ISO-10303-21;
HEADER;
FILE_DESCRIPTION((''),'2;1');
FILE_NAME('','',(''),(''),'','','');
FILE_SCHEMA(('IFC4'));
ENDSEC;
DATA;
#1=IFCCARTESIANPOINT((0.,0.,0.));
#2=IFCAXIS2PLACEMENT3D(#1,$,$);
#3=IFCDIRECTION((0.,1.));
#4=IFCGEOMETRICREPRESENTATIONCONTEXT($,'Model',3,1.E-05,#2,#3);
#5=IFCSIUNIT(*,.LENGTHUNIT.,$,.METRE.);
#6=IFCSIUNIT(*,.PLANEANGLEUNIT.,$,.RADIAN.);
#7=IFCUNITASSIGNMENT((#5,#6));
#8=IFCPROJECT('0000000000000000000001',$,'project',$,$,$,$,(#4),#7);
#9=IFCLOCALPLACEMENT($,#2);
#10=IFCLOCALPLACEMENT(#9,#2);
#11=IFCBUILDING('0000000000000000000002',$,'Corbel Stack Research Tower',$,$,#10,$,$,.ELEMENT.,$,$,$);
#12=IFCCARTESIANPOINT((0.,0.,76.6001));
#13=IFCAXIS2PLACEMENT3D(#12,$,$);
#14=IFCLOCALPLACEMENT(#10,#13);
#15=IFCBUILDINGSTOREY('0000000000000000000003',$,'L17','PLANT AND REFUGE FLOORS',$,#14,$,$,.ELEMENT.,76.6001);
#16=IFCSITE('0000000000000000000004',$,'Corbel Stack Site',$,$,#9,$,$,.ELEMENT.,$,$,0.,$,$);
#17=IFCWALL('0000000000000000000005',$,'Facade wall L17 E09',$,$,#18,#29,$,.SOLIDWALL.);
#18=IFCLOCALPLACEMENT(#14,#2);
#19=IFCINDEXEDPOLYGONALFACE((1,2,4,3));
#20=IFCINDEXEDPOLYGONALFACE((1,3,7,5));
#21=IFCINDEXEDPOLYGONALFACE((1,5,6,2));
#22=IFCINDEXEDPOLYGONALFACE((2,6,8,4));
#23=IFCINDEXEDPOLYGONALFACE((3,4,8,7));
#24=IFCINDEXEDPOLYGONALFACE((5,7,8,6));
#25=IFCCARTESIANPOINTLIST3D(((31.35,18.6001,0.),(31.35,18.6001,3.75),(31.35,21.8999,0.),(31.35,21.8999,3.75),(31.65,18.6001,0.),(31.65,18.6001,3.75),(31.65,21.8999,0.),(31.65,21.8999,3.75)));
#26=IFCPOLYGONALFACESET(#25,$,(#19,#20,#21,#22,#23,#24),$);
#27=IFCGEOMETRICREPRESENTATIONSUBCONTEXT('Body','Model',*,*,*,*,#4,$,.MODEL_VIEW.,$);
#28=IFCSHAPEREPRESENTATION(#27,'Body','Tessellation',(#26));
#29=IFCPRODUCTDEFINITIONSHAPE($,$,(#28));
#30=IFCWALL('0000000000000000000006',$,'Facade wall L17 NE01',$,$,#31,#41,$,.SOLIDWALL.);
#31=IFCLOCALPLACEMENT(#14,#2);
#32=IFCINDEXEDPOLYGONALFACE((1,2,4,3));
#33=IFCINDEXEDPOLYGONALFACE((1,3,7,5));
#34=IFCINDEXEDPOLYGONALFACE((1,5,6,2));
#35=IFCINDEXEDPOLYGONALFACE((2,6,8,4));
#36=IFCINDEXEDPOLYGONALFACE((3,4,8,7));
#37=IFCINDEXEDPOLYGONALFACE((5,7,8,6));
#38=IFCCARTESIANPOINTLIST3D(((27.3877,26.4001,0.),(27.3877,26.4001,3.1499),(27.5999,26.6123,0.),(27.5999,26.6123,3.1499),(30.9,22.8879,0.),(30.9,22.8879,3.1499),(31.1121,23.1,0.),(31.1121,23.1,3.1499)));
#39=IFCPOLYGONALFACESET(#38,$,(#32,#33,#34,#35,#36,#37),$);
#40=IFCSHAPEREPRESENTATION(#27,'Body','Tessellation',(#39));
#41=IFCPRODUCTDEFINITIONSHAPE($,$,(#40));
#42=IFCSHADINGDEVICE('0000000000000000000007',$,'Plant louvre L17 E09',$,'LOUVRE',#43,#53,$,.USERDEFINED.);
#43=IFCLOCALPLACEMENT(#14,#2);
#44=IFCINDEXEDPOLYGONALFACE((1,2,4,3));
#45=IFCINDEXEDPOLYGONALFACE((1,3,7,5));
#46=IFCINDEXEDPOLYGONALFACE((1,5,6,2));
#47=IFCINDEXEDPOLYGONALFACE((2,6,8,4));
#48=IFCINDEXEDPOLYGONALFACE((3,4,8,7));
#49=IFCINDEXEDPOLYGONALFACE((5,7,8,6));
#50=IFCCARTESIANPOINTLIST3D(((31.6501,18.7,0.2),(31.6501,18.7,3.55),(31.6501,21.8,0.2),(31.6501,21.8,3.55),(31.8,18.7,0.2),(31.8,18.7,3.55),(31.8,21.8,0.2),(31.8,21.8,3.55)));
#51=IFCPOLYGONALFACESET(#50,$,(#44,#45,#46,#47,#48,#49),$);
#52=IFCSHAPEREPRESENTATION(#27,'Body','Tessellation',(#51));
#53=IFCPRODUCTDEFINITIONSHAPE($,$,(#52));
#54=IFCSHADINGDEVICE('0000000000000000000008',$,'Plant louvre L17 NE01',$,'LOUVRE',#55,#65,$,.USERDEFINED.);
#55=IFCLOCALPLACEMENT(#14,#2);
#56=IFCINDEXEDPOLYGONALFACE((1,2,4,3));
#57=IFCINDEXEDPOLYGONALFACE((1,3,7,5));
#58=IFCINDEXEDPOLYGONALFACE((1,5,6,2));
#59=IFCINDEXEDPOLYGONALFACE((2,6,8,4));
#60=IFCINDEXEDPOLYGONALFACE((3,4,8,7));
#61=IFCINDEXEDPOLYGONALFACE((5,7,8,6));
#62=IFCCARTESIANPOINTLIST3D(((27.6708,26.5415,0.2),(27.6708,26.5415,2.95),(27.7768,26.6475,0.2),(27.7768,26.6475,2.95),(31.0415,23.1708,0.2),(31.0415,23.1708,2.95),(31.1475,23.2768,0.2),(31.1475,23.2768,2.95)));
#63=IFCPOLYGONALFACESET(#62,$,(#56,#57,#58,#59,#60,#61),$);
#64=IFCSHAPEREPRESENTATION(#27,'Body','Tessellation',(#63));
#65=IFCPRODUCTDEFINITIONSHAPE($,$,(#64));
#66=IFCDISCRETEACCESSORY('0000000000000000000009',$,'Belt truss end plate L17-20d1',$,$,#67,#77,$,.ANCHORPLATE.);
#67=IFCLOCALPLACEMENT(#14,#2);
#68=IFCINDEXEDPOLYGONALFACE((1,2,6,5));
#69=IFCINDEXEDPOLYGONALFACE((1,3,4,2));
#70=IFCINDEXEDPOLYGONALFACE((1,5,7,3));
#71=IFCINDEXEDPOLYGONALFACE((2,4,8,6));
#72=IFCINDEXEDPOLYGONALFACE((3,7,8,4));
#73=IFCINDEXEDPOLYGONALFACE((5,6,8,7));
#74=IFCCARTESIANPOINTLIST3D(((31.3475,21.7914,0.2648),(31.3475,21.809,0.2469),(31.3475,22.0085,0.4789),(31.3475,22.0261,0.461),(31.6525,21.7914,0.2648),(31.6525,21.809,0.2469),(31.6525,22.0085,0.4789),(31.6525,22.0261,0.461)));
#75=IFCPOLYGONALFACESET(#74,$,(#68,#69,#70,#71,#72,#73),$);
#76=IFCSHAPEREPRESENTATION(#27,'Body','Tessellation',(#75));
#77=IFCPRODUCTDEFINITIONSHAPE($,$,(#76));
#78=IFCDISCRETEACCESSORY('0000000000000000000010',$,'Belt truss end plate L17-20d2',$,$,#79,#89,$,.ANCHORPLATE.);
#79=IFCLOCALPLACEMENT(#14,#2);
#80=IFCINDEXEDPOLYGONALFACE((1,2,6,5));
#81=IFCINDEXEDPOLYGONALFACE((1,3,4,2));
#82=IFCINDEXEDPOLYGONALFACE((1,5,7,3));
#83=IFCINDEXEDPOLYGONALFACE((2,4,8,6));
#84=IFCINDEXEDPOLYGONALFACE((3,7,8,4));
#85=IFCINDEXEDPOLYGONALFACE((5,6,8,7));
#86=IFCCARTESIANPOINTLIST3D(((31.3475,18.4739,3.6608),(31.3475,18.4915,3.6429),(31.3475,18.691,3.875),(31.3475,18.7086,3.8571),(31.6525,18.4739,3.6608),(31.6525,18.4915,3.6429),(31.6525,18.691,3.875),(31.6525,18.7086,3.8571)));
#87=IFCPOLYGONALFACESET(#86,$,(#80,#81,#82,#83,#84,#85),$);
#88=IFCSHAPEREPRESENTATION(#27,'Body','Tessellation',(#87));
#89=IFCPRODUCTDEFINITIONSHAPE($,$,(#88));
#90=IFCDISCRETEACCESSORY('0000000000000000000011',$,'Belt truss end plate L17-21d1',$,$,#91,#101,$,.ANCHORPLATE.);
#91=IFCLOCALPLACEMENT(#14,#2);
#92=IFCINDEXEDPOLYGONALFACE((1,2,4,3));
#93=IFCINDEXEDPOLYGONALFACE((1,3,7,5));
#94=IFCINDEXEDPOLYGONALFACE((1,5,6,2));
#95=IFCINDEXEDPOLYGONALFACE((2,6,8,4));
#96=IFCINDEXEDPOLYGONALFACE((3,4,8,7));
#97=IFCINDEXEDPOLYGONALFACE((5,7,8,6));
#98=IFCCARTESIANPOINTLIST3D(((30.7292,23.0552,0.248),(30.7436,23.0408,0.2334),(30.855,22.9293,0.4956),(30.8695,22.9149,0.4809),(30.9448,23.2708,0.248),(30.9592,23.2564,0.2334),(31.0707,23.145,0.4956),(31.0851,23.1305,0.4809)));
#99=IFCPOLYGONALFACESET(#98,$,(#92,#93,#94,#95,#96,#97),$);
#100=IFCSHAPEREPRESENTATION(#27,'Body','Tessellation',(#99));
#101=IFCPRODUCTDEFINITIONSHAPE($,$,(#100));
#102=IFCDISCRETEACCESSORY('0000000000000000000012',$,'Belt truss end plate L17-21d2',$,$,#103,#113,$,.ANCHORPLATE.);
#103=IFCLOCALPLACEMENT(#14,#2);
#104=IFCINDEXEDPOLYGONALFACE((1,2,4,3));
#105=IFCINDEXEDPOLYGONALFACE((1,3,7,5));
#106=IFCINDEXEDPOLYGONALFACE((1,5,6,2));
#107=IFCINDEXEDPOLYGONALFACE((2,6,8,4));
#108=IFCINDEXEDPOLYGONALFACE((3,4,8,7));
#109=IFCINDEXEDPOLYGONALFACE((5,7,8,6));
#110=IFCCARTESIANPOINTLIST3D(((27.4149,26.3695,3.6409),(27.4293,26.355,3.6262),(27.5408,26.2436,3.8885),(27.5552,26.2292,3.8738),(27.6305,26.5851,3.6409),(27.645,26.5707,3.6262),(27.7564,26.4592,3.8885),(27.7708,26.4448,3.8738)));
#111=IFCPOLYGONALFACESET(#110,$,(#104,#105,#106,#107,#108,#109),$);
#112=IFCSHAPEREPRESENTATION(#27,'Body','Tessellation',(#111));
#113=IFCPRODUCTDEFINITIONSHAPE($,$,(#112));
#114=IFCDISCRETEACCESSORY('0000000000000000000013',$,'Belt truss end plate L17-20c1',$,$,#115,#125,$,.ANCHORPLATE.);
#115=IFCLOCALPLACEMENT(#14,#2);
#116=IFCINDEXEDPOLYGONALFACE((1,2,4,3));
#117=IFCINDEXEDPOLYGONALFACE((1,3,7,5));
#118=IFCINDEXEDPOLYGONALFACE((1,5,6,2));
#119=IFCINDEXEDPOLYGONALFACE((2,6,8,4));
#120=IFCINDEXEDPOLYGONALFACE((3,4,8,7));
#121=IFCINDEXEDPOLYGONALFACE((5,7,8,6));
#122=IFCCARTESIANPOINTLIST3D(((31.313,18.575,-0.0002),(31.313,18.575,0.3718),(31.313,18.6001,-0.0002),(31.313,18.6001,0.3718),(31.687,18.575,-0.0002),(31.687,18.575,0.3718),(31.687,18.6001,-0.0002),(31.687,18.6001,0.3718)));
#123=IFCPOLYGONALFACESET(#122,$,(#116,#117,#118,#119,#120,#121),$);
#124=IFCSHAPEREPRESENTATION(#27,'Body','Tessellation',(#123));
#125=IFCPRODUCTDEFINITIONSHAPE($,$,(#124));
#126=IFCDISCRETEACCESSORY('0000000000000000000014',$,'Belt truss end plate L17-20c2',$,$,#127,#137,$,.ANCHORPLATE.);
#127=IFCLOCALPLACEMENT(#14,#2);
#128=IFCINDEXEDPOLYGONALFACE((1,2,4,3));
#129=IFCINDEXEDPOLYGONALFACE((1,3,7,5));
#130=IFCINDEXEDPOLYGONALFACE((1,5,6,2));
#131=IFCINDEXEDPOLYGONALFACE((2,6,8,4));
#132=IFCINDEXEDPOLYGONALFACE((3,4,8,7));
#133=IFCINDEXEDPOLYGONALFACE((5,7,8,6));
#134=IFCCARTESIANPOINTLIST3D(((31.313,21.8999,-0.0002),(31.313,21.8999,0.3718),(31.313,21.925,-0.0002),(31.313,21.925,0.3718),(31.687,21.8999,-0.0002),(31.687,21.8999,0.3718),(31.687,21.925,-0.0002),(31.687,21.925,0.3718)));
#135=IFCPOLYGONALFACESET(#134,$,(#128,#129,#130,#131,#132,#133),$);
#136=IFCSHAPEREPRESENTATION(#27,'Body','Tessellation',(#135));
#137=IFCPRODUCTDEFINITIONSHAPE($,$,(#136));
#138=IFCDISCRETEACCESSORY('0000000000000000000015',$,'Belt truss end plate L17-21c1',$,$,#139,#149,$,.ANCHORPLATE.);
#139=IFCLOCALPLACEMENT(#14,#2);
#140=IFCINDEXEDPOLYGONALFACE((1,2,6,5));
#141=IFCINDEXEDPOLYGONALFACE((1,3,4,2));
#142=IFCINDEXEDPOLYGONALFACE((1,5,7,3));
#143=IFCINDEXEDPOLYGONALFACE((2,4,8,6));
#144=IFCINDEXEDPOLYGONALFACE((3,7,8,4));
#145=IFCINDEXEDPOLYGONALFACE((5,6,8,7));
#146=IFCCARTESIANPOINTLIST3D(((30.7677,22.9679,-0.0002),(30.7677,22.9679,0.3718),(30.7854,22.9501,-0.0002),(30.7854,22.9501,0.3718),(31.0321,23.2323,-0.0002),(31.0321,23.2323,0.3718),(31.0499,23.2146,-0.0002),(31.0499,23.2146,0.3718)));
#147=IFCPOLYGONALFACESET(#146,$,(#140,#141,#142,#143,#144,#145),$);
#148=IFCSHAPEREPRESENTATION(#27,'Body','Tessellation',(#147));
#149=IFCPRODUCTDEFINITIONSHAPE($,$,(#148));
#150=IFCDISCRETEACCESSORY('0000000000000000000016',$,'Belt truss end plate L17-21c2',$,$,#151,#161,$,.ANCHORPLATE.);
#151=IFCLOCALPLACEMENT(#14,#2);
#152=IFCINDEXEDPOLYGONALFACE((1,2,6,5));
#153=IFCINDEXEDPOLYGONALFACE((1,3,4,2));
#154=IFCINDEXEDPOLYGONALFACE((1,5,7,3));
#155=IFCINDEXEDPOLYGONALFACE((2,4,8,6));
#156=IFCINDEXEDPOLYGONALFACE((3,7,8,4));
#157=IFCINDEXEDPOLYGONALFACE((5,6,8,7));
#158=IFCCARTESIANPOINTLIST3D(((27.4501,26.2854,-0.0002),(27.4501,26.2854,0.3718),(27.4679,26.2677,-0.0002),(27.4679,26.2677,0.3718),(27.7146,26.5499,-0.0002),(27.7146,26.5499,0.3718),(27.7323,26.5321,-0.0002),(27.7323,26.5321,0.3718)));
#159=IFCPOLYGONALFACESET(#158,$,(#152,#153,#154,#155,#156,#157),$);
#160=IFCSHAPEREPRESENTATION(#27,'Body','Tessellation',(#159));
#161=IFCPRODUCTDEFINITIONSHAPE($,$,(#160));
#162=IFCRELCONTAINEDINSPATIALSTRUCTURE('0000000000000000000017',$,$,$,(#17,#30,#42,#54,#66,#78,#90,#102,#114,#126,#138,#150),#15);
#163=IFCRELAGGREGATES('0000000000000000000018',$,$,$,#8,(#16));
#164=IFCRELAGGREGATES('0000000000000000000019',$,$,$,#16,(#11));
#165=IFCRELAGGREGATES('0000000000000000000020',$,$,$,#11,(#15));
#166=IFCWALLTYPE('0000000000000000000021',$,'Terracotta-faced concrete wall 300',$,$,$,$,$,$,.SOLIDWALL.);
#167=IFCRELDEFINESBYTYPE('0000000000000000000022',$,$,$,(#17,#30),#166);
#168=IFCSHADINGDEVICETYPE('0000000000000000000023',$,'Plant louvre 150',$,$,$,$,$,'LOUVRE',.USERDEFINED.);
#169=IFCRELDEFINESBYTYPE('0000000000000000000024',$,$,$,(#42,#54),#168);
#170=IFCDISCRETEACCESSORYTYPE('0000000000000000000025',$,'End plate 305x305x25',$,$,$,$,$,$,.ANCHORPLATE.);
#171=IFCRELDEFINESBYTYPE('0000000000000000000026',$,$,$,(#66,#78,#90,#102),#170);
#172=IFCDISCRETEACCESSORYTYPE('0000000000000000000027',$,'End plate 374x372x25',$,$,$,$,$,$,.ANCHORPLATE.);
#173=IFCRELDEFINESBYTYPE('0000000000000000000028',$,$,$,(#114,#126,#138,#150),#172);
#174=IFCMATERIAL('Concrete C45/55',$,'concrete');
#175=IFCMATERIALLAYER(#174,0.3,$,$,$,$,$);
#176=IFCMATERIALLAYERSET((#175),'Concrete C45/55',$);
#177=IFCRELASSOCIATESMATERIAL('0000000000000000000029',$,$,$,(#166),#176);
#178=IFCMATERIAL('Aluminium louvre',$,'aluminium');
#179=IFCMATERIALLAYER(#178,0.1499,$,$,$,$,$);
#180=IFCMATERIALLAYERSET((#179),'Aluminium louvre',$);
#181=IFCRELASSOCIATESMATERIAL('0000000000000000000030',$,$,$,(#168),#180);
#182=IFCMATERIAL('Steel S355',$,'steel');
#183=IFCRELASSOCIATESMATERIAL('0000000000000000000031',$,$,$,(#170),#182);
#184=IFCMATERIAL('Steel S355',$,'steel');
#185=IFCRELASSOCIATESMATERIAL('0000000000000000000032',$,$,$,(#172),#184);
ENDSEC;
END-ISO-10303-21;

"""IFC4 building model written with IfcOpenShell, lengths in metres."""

from ifc_helpers import new_model, si_unit, direction, frame, frame_2d, origin, origin_2d, place, context, subcontext, project, spatial, rectangle, extrude, material, layer, layer_set, material_profile, profile_set, type_object, element, save


model = new_model("IFC4")

# Units and contexts
model_context = context("Model", 3, precision=1e-05, world=origin(), true_north=direction((0.0, 1.0)))
body_context = subcontext(model_context, "Body", "Model", "MODEL_VIEW")
ifc_project = project(units=[si_unit("LENGTHUNIT", "METRE"), si_unit("PLANEANGLEUNIT", "RADIAN")], contexts=[model_context])

# Site, building, storey
site_placement = place(None, origin())
site = spatial("IfcSite", under=ifc_project, at=site_placement, Name="Corbel Stack Site", CompositionType="ELEMENT", RefElevation=0.0)
building_placement = place(site_placement, origin())
building = spatial("IfcBuilding", under=site, at=building_placement, Name="Corbel Stack Research Tower", CompositionType="ELEMENT")
storey_placement = place(building_placement, frame((0.0, 0.0, 76.6001)))
storey = spatial("IfcBuildingStorey", under=building, at=storey_placement, Name="L17", Description="PLANT AND REFUGE FLOORS", CompositionType="ELEMENT", Elevation=76.6001)

# Walls
ifc_material_1 = material(Name="Concrete C45/55", Category="concrete")
ifc_layer_1 = layer(ifc_material_1, 0.3)
ifc_layer_set_1 = layer_set([ifc_layer_1], Name="Concrete C45/55")
wall_type_1 = type_object("IfcWallType", Name="Terracotta-faced concrete wall 300", PredefinedType="SOLIDWALL", material=ifc_layer_set_1)
wall_1_placement = place(storey_placement, frame((31.5, 21.8999, 0.0), z_axis=(0.0, 0.0, 1.0), x_axis=(0.0, -1.0, 0.0)))
element("IfcWall", 1, at=wall_1_placement, inside=storey, type_object=wall_type_1, Name="Facade wall L17 E09", PredefinedType="SOLIDWALL", context=body_context, shape_type="SweptSolid", body=[
    extrude(rectangle(XDim=3.2998, YDim=0.3, at=frame_2d((1.6499, 0.0))), origin(), (0.0, 0.0, 1.0), 3.75),
])
wall_2_placement = place(storey_placement, frame((27.4939, 26.5061, 0.0), z_axis=(0.0, 0.0, 1.0), x_axis=(0.707107, -0.707107, 0.0)))
element("IfcWall", 2, at=wall_2_placement, inside=storey, type_object=wall_type_1, Name="Facade wall L17 NE01", PredefinedType="SOLIDWALL", context=body_context, shape_type="SweptSolid", body=[
    extrude(rectangle(XDim=4.967, YDim=0.3, at=frame_2d((2.4834, 0.0))), origin(), (0.0, 0.0, 1.0), 3.1499),
])

# Shading devices
ifc_material_2 = material(Name="Aluminium louvre", Category="aluminium")
ifc_layer_2 = layer(ifc_material_2, 0.1499)
ifc_layer_set_2 = layer_set([ifc_layer_2], Name="Aluminium louvre")
shading_device_type = type_object("IfcShadingDeviceType", Name="Plant louvre 150", ElementType="LOUVRE", PredefinedType="USERDEFINED", material=ifc_layer_set_2)
shading_device_1_placement = place(storey_placement, frame((31.7251, 20.25, 0.2), z_axis=(0.0, 0.0, 1.0), x_axis=(0.0, 1.0, 0.0)))
element("IfcShadingDevice", 3, at=shading_device_1_placement, inside=storey, type_object=shading_device_type, Name="Plant louvre L17 E09", ObjectType="LOUVRE", PredefinedType="USERDEFINED", context=body_context, shape_type="SweptSolid", body=[
    extrude(rectangle(XDim=3.1001, YDim=0.1499, at=origin_2d()), origin(), (0.0, 0.0, 1.0), 3.3501),
])
shading_device_2_placement = place(storey_placement, frame((29.4092, 24.9092, 0.2), z_axis=(0.0, 0.0, 1.0), x_axis=(-0.707107, 0.707107, 0.0)))
element("IfcShadingDevice", 4, at=shading_device_2_placement, inside=storey, type_object=shading_device_type, Name="Plant louvre L17 NE01", ObjectType="LOUVRE", PredefinedType="USERDEFINED", context=body_context, shape_type="SweptSolid", body=[
    extrude(rectangle(XDim=4.7668, YDim=0.1499, at=origin_2d()), origin(), (0.0, 0.0, 1.0), 2.75),
])

# Discrete accessories
ifc_material_3 = material(Name="Steel S355", Category="steel")
ifc_material_profile_1 = material_profile(ifc_material_3, rectangle(XDim=0.3049, YDim=0.3049, at=origin_2d()), Name="End plate 305x305x25")
ifc_profile_set_1 = profile_set([ifc_material_profile_1], Name="Steel S355")
discrete_accessory_type_1 = type_object("IfcDiscreteAccessoryType", Name="End plate 305x305x25", PredefinedType="ANCHORPLATE", material=ifc_profile_set_1)
for number, where, z_axis, x_axis, name in (
    (5, (31.5, 21.8999, 0.3718), (0.0, 0.702213, -0.711966), (-1.0, 0.0, 0.0), "Belt truss end plate L17-20d1"),
    (6, (31.5, 18.6001, 3.75), (0.0, -0.702213, 0.711966), (1.0, 0.0, 0.0), "Belt truss end plate L17-20d2"),
    (7, (30.8999, 23.1001, 0.3718), (0.574089, -0.574089, -0.583819), (0.707107, 0.707107, 0.0), "Belt truss end plate L17-21d1"),
    (8, (27.6001, 26.3999, 3.75), (-0.574089, 0.574089, 0.583819), (-0.707107, -0.707107, 0.0), "Belt truss end plate L17-21d2"),
):
    element("IfcDiscreteAccessory", number, at=place(storey_placement, frame(where, z_axis=z_axis, x_axis=x_axis)), inside=storey, type_object=discrete_accessory_type_1, Name=name, PredefinedType="ANCHORPLATE", context=body_context, shape_type="SweptSolid", body=[
        extrude(rectangle(XDim=0.3049, YDim=0.3049, at=origin_2d()), origin(), (0.0, 0.0, 1.0), 0.0251),
    ])
ifc_material_4 = material(Name="Steel S355", Category="steel")
ifc_material_profile_2 = material_profile(ifc_material_4, rectangle(XDim=0.374, YDim=0.3721, at=origin_2d()), Name="End plate 374x372x25")
ifc_profile_set_2 = profile_set([ifc_material_profile_2], Name="Steel S355")
discrete_accessory_type_2 = type_object("IfcDiscreteAccessoryType", Name="End plate 374x372x25", PredefinedType="ANCHORPLATE", material=ifc_profile_set_2)
for number, where, z_axis, x_axis, name in (
    (9, (31.5, 18.6001, 0.1858), (0.0, -1.0, 0.0), (1.0, 0.0, 0.0), "Belt truss end plate L17-20c1"),
    (10, (31.5, 21.8999, 0.1858), (0.0, 1.0, 0.0), (-1.0, 0.0, 0.0), "Belt truss end plate L17-20c2"),
    (11, (30.8999, 23.1001, 0.1858), (0.707107, -0.707107, 0.0), (0.707107, 0.707107, 0.0), "Belt truss end plate L17-21c1"),
    (12, (27.6001, 26.3999, 0.1858), (-0.707107, 0.707107, 0.0), (-0.707107, -0.707107, 0.0), "Belt truss end plate L17-21c2"),
):
    element("IfcDiscreteAccessory", number, at=place(storey_placement, frame(where, z_axis=z_axis, x_axis=x_axis)), inside=storey, type_object=discrete_accessory_type_2, Name=name, PredefinedType="ANCHORPLATE", context=body_context, shape_type="SweptSolid", body=[
        extrude(rectangle(XDim=0.374, YDim=0.3721, at=origin_2d()), origin(), (0.0, 0.0, 1.0), 0.0251),
    ])

save(model, "model.ifc")
